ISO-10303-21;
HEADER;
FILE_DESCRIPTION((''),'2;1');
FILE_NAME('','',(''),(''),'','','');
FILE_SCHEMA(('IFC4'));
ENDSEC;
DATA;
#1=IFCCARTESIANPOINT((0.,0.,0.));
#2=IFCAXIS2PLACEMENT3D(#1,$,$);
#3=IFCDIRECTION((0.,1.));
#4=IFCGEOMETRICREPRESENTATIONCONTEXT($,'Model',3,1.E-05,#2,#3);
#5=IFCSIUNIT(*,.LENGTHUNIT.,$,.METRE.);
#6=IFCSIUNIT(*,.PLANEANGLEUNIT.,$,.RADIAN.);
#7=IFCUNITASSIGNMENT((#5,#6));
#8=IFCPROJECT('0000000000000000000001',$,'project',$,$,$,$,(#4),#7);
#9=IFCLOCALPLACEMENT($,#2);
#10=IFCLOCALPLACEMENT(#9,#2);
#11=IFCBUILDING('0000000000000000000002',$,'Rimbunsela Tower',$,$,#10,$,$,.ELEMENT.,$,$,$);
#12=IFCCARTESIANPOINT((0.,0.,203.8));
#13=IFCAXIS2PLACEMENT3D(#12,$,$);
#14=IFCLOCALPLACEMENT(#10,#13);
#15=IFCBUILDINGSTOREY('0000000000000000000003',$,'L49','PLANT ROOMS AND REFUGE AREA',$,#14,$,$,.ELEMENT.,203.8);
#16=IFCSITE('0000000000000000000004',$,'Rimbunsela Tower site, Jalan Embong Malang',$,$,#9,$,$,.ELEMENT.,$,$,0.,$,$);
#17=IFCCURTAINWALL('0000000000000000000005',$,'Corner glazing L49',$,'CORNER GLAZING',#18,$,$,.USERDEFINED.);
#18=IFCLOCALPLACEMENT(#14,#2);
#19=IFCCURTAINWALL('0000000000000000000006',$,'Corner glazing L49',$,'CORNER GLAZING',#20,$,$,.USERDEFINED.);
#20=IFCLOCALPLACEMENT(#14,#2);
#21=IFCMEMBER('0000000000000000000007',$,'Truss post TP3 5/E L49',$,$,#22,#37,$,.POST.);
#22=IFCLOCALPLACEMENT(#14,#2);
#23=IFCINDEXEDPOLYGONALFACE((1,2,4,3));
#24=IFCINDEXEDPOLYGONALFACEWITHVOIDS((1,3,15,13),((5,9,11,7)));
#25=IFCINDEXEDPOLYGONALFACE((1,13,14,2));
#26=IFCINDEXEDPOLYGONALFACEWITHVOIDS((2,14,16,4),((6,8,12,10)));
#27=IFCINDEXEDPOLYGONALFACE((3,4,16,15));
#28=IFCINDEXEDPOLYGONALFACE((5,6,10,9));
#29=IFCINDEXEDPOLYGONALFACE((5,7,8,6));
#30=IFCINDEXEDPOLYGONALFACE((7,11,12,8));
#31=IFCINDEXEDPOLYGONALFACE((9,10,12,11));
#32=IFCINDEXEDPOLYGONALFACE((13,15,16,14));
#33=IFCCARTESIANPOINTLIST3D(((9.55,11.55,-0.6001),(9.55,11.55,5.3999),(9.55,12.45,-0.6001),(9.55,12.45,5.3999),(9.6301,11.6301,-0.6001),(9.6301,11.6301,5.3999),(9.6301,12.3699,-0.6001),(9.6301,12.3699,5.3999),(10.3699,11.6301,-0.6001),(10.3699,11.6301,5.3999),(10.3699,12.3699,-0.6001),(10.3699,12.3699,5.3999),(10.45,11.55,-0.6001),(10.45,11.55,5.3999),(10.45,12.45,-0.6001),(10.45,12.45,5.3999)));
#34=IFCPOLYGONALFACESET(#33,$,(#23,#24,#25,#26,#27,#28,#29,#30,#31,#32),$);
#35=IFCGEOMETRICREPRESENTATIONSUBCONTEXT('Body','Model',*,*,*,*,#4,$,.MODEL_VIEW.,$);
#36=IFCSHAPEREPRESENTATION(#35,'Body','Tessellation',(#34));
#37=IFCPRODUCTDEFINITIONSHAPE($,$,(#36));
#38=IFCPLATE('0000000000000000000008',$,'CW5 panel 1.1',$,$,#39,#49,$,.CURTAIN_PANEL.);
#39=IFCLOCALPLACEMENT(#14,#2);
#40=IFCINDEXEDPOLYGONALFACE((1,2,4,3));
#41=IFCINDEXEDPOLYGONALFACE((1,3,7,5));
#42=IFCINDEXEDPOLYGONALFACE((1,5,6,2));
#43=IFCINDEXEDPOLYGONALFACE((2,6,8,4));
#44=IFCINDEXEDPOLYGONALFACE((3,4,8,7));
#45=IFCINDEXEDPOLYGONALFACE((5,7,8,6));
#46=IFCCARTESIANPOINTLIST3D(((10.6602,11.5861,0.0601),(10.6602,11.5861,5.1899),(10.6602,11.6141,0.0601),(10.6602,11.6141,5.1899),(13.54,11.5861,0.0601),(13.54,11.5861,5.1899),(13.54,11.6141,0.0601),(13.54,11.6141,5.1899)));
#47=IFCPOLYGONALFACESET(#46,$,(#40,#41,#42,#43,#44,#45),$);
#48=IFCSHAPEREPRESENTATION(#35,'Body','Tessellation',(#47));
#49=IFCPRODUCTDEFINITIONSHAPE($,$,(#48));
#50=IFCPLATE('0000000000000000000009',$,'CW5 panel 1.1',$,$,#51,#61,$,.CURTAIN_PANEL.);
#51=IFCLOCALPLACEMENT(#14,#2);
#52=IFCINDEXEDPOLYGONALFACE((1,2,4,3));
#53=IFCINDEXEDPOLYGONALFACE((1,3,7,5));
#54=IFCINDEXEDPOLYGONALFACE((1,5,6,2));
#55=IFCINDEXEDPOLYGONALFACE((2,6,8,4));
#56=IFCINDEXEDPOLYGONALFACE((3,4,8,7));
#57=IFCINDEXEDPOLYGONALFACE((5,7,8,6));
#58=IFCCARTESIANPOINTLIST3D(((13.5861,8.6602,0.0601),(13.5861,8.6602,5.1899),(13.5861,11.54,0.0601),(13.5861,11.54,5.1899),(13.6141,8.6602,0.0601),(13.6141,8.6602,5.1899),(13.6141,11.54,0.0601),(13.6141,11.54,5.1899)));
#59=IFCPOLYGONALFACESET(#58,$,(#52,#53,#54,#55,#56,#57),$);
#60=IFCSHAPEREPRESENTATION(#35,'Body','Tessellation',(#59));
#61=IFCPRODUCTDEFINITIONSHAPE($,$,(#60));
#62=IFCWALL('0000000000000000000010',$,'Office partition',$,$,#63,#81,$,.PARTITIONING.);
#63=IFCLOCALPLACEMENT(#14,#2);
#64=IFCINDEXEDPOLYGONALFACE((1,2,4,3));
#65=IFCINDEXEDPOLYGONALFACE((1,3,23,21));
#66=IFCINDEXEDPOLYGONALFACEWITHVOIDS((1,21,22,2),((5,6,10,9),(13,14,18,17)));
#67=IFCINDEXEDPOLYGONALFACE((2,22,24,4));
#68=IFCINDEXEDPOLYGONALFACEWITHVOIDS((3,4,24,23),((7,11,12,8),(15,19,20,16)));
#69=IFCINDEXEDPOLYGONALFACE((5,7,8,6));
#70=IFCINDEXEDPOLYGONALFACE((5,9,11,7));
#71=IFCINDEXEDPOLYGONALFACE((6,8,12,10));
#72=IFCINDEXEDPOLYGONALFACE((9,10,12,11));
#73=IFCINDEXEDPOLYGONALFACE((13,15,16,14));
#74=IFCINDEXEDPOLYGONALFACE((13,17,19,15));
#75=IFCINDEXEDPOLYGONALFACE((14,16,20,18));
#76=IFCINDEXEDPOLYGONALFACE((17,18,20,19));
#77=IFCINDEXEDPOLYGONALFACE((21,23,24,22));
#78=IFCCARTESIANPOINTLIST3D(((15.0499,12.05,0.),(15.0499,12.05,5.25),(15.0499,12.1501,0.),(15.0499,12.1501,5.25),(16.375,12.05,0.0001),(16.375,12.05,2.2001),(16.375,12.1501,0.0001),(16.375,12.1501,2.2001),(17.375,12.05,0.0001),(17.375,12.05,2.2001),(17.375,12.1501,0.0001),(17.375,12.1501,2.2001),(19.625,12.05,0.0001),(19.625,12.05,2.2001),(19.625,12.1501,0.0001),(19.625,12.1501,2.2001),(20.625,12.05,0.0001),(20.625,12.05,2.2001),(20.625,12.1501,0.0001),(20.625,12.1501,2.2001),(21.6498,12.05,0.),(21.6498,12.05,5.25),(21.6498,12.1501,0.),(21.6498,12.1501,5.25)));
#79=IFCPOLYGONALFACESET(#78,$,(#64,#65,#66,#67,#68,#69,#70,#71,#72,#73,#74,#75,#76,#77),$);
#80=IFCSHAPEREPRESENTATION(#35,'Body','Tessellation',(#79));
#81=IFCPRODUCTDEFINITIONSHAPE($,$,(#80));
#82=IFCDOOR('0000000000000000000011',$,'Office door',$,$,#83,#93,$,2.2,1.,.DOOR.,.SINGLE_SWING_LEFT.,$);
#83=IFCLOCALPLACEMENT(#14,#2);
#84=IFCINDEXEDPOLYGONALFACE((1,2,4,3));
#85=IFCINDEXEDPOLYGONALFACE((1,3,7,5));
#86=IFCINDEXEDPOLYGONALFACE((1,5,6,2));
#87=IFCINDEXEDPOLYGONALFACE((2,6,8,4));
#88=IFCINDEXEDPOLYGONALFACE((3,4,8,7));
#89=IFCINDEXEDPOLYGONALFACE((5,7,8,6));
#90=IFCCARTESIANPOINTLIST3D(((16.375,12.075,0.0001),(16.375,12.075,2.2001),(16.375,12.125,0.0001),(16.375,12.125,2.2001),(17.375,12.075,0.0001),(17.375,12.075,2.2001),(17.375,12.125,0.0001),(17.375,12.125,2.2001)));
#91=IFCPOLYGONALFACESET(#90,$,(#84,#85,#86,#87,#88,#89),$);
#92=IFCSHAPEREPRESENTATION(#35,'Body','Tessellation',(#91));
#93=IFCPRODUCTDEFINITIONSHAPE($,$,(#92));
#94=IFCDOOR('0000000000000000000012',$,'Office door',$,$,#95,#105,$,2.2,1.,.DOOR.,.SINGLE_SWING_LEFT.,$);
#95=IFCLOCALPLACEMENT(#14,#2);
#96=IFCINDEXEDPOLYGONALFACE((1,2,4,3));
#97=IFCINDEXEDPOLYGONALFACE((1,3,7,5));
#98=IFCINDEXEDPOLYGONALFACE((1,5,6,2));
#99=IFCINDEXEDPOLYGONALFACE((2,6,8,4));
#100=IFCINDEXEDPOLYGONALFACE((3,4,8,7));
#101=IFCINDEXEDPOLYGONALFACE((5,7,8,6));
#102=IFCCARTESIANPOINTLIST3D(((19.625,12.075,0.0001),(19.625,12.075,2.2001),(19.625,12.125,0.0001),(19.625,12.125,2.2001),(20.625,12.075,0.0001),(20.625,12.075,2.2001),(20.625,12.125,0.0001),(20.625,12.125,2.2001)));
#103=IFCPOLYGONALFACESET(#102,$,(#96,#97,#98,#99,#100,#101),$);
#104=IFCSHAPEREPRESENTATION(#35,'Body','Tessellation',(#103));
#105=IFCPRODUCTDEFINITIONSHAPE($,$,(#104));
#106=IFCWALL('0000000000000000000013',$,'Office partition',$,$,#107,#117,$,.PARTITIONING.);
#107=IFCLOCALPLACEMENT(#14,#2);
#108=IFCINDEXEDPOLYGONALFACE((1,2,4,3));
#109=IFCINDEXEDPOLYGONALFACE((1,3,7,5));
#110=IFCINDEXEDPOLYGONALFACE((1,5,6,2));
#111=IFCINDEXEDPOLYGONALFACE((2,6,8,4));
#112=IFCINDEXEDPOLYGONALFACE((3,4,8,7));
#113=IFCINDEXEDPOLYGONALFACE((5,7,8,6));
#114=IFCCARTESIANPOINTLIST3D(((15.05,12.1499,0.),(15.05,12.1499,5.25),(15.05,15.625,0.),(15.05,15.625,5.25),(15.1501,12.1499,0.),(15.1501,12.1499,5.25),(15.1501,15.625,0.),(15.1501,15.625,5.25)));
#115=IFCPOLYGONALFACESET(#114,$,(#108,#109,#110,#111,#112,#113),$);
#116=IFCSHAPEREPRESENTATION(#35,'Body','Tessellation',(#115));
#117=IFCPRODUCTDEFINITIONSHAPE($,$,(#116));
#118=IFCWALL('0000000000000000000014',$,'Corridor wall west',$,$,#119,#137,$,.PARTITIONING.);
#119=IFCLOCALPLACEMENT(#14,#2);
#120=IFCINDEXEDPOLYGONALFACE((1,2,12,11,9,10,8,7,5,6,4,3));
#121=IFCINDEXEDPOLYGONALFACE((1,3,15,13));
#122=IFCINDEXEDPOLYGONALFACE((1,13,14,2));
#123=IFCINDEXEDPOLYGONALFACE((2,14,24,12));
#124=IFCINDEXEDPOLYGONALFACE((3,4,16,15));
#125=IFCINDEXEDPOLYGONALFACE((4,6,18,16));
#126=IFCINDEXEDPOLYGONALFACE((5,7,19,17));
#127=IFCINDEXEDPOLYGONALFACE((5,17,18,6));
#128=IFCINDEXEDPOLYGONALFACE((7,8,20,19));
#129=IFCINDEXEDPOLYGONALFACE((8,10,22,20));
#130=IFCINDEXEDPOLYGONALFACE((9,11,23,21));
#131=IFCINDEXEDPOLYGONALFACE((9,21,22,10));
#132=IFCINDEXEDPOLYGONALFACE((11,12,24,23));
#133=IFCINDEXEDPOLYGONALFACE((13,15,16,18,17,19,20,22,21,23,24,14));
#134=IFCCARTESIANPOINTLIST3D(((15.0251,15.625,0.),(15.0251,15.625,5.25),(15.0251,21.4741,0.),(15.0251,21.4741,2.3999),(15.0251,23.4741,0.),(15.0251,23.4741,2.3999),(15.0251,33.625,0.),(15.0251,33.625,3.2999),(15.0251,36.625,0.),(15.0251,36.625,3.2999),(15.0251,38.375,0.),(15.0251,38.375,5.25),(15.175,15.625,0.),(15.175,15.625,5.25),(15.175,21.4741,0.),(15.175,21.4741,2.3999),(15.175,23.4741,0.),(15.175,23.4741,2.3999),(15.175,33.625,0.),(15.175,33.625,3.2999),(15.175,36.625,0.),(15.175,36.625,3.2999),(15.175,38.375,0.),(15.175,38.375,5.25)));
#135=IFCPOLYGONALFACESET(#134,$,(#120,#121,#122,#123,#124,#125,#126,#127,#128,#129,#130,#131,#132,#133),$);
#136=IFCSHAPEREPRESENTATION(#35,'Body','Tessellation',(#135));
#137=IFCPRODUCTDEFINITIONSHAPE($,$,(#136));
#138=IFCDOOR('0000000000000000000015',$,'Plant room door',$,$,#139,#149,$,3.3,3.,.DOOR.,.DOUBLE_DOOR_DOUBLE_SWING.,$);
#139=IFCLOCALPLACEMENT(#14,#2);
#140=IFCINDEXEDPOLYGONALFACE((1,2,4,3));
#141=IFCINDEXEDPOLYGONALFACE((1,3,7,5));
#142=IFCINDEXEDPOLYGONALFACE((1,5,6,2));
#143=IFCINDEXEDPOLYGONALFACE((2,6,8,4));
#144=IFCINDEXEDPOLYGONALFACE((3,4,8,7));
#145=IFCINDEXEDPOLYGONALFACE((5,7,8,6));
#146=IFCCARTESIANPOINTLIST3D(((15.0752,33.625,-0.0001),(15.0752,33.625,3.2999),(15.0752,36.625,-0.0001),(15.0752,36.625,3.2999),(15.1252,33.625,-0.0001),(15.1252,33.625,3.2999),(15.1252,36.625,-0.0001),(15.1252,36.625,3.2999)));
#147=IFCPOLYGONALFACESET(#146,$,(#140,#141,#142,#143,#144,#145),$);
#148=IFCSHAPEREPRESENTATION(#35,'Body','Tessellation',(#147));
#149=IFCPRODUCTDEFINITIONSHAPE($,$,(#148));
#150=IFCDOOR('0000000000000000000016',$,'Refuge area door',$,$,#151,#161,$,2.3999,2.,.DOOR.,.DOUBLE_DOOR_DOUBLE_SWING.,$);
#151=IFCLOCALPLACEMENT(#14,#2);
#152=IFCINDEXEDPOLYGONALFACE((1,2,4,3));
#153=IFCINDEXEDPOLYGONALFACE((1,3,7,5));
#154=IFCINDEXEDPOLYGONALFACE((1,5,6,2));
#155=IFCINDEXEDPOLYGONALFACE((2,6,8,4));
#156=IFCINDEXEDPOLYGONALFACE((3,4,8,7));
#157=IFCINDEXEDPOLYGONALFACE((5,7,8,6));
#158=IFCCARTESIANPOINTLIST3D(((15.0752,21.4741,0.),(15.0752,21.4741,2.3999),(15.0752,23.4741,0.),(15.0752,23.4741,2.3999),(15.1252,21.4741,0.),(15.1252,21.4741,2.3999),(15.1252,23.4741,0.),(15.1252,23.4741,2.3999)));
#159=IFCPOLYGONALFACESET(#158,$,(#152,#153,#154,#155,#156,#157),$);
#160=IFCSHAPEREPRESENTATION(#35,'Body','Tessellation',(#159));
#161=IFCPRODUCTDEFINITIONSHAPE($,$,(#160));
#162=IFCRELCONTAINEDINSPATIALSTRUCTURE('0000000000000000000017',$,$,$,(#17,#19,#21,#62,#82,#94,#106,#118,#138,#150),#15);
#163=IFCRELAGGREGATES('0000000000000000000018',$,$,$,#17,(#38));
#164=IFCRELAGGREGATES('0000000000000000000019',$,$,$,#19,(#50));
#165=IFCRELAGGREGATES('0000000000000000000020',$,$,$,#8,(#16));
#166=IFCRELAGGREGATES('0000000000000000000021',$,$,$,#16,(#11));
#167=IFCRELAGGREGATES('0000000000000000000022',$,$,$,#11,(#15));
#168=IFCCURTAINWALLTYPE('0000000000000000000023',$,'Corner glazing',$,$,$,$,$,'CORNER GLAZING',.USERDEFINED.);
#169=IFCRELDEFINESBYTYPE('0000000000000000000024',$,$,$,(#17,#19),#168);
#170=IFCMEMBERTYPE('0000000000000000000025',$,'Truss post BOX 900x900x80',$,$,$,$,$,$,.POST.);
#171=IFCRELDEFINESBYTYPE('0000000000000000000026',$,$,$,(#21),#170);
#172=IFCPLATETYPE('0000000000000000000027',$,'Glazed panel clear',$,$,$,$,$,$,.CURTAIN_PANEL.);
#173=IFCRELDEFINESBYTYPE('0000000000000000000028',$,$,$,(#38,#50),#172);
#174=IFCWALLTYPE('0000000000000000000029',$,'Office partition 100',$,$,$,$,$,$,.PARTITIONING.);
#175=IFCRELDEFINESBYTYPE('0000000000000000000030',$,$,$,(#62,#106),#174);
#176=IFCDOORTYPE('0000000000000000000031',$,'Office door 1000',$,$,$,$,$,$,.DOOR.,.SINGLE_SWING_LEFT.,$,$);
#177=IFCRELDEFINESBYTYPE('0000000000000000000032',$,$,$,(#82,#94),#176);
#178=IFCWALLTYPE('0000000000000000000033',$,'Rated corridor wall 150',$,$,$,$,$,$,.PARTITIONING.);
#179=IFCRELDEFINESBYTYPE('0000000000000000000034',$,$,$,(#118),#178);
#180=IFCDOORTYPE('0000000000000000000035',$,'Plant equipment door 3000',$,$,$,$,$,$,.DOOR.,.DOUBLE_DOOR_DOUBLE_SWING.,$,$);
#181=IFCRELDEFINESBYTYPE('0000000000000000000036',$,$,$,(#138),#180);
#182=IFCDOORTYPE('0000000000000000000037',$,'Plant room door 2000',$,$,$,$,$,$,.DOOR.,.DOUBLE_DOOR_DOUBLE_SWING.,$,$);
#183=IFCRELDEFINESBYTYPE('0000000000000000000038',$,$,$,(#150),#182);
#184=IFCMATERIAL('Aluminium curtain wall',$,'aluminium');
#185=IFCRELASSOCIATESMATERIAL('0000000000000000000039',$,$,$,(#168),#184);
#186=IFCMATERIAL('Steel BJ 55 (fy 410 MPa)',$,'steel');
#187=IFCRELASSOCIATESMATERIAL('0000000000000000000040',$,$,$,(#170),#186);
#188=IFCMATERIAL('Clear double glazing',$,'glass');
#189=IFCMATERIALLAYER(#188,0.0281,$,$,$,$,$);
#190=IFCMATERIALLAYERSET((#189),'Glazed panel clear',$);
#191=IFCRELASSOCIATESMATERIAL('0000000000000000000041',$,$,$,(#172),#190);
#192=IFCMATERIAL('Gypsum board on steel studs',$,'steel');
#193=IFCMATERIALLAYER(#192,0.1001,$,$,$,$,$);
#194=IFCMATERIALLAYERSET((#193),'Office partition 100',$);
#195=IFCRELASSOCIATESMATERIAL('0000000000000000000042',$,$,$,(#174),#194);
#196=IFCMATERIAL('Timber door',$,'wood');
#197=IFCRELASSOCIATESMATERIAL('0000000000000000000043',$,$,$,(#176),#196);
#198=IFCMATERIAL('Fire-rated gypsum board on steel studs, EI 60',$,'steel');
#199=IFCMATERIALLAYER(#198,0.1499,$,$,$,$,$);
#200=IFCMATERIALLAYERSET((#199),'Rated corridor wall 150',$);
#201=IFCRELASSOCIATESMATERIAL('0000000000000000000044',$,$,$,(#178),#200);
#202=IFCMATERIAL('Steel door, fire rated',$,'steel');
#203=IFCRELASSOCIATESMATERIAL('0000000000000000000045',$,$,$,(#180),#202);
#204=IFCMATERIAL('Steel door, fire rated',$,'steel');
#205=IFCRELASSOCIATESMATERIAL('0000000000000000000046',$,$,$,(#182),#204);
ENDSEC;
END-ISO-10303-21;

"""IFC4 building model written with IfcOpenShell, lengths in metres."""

from ifc_helpers import new_model, si_unit, direction, frame, frame_2d, origin, origin_2d, place, context, subcontext, project, spatial, rectangle, hollow_rectangle, extrude, material, layer, layer_set, material_profile, profile_set, type_object, element, fill, aggregate, save


model = new_model("IFC4")

# Units and contexts
model_context = context("Model", 3, precision=1e-05, world=origin(), true_north=direction((0.0, 1.0)))
body_context = subcontext(model_context, "Body", "Model", "MODEL_VIEW")
ifc_project = project(units=[si_unit("LENGTHUNIT", "METRE"), si_unit("PLANEANGLEUNIT", "RADIAN")], contexts=[model_context])

# Site, building, storey
site_placement = place(None, origin())
site = spatial("IfcSite", under=ifc_project, at=site_placement, Name="Rimbunsela Tower site, Jalan Embong Malang", CompositionType="ELEMENT", RefElevation=0.0)
building_placement = place(site_placement, origin())
building = spatial("IfcBuilding", under=site, at=building_placement, Name="Rimbunsela Tower", CompositionType="ELEMENT")
storey_placement = place(building_placement, frame((0.0, 0.0, 203.8)))
storey = spatial("IfcBuildingStorey", under=building, at=storey_placement, Name="L49", Description="PLANT ROOMS AND REFUGE AREA", CompositionType="ELEMENT", Elevation=203.8)

# Curtain walls
ifc_material_1 = material(Name="Aluminium curtain wall", Category="aluminium")
curtain_wall_type_1 = type_object("IfcCurtainWallType", Name="Corner glazing", ElementType="CORNER GLAZING", PredefinedType="USERDEFINED", material=ifc_material_1)
curtain_wall_1_placement = place(storey_placement, origin())
curtain_wall_1 = element("IfcCurtainWall", 1, at=curtain_wall_1_placement, inside=storey, type_object=curtain_wall_type_1, Name="Corner glazing L49", ObjectType="CORNER GLAZING", PredefinedType="USERDEFINED")
curtain_wall_2_placement = place(storey_placement, origin())
curtain_wall_2 = element("IfcCurtainWall", 2, at=curtain_wall_2_placement, inside=storey, type_object=curtain_wall_type_1, Name="Corner glazing L49", ObjectType="CORNER GLAZING", PredefinedType="USERDEFINED")

# Member
ifc_material_2 = material(Name="Steel BJ 55 (fy 410 MPa)", Category="steel")
ifc_material_profile_1 = material_profile(ifc_material_2, hollow_rectangle(XDim=0.8999, YDim=0.8999, WallThickness=0.0801, at=origin_2d()), Name="BOX 900x900x80")
ifc_profile_set_1 = profile_set([ifc_material_profile_1], Name="Steel BJ 55 (fy 410 MPa)")
member_type_1 = type_object("IfcMemberType", Name="Truss post BOX 900x900x80", PredefinedType="POST", material=ifc_profile_set_1)
member_1_placement = place(storey_placement, frame((10.0, 12.0, -0.6001), z_axis=(0.0, 0.0, 1.0), x_axis=(1.0, 0.0, 0.0)))
element("IfcMember", 3, at=member_1_placement, inside=storey, type_object=member_type_1, Name="Truss post TP3 5/E L49", PredefinedType="POST", context=body_context, shape_type="SweptSolid", body=[
    extrude(hollow_rectangle(XDim=0.8999, YDim=0.8999, WallThickness=0.0801, at=origin_2d()), origin(), (0.0, 0.0, 1.0), 6.0),
])

# Plates
ifc_material_3 = material(Name="Clear double glazing", Category="glass")
ifc_layer_1 = layer(ifc_material_3, 0.0281)
ifc_layer_set_1 = layer_set([ifc_layer_1], Name="Glazed panel clear")
plate_type = type_object("IfcPlateType", Name="Glazed panel clear", PredefinedType="CURTAIN_PANEL", material=ifc_layer_set_1)
plate_1_placement = place(storey_placement, frame((12.1001, 11.6001, 0.0601), z_axis=(0.0, 0.0, 1.0), x_axis=(1.0, 0.0, 0.0)))
plate_1 = element("IfcPlate", 4, at=plate_1_placement, type_object=plate_type, Name="CW5 panel 1.1", PredefinedType="CURTAIN_PANEL", context=body_context, shape_type="SweptSolid", body=[
    extrude(rectangle(XDim=2.8799, YDim=0.0281, at=origin_2d()), origin(), (0.0, 0.0, 1.0), 5.1299),
])
aggregate(curtain_wall_1, [plate_1])
plate_2_placement = place(storey_placement, frame((13.6001, 10.1001, 0.0601), z_axis=(0.0, 0.0, 1.0), x_axis=(0.0, -1.0, 0.0)))
plate_2 = element("IfcPlate", 5, at=plate_2_placement, type_object=plate_type, Name="CW5 panel 1.1", PredefinedType="CURTAIN_PANEL", context=body_context, shape_type="SweptSolid", body=[
    extrude(rectangle(XDim=2.8799, YDim=0.0281, at=origin_2d()), origin(), (0.0, 0.0, 1.0), 5.1299),
])
aggregate(curtain_wall_2, [plate_2])

# Wall, openings, doors
ifc_material_4 = material(Name="Gypsum board on steel studs", Category="steel")
ifc_layer_2 = layer(ifc_material_4, 0.1001)
ifc_layer_set_2 = layer_set([ifc_layer_2], Name="Office partition 100")
wall_type_1 = type_object("IfcWallType", Name="Office partition 100", PredefinedType="PARTITIONING", material=ifc_layer_set_2)
wall_1_placement = place(storey_placement, frame((15.05, 12.1001, 0.0), z_axis=(0.0, 0.0, 1.0), x_axis=(1.0, 0.0, 0.0)))
wall_1 = element("IfcWall", 6, at=wall_1_placement, inside=storey, type_object=wall_type_1, Name="Office partition", PredefinedType="PARTITIONING", context=body_context, shape_type="SweptSolid", body=[
    extrude(rectangle(XDim=6.5999, YDim=0.1001, at=frame_2d((3.2998, 0.0))), origin(), (0.0, 0.0, 1.0), 5.25),
])
opening_1_placement = place(wall_1_placement, frame((1.325, 0.0, 0.0)))
opening_1 = element("IfcOpeningElement", 7, at=opening_1_placement, cuts=wall_1, PredefinedType="OPENING", context=body_context, shape_type="SweptSolid", body=[
    extrude(rectangle(XDim=1.0, YDim=2.2, at=frame_2d((0.5, 1.1001))), frame((0.0, 0.0601, 0.0), z_axis=(0.0, -1.0, 0.0), x_axis=(1.0, 0.0, 0.0)), (0.0, 0.0, 1.0), 0.1201),
])
opening_2_placement = place(wall_1_placement, frame((4.575, 0.0, 0.0)))
opening_2 = element("IfcOpeningElement", 8, at=opening_2_placement, cuts=wall_1, PredefinedType="OPENING", context=body_context, shape_type="SweptSolid", body=[
    extrude(rectangle(XDim=1.0, YDim=2.2, at=frame_2d((0.5, 1.1001))), frame((0.0, 0.0601, 0.0), z_axis=(0.0, -1.0, 0.0), x_axis=(1.0, 0.0, 0.0)), (0.0, 0.0, 1.0), 0.1201),
])
ifc_material_5 = material(Name="Timber door", Category="wood")
door_type_1 = type_object("IfcDoorType", Name="Office door 1000", OperationType="SINGLE_SWING_LEFT", PredefinedType="DOOR", material=ifc_material_5)
door_1_placement = place(opening_1_placement, origin())
door_1 = element("IfcDoor", 9, at=door_1_placement, inside=storey, type_object=door_type_1, Name="Office door", OperationType="SINGLE_SWING_LEFT", OverallHeight=2.2, OverallWidth=1.0, PredefinedType="DOOR", context=body_context, shape_type="SweptSolid", body=[
    extrude(rectangle(XDim=1.0, YDim=2.2, at=frame_2d((0.5, 1.1001))), frame((0.0, 0.0249, 0.0), z_axis=(0.0, -1.0, 0.0), x_axis=(1.0, 0.0, 0.0)), (0.0, 0.0, 1.0), 0.05),
])
fill(opening_1, door_1)
door_2_placement = place(opening_2_placement, origin())
door_2 = element("IfcDoor", 10, at=door_2_placement, inside=storey, type_object=door_type_1, Name="Office door", OperationType="SINGLE_SWING_LEFT", OverallHeight=2.2, OverallWidth=1.0, PredefinedType="DOOR", context=body_context, shape_type="SweptSolid", body=[
    extrude(rectangle(XDim=1.0, YDim=2.2, at=frame_2d((0.5, 1.1001))), frame((0.0, 0.0249, 0.0), z_axis=(0.0, -1.0, 0.0), x_axis=(1.0, 0.0, 0.0)), (0.0, 0.0, 1.0), 0.05),
])
fill(opening_2, door_2)

# Wall
wall_2_placement = place(storey_placement, frame((15.1001, 12.1499, 0.0), z_axis=(0.0, 0.0, 1.0), x_axis=(0.0, 1.0, 0.0)))
element("IfcWall", 11, at=wall_2_placement, inside=storey, type_object=wall_type_1, Name="Office partition", PredefinedType="PARTITIONING", context=body_context, shape_type="SweptSolid", body=[
    extrude(rectangle(XDim=3.4751, YDim=0.1001, at=frame_2d((1.7375, 0.0))), origin(), (0.0, 0.0, 1.0), 5.25),
])

# Wall, openings, doors
ifc_material_6 = material(Name="Fire-rated gypsum board on steel studs, EI 60", Category="steel")
ifc_layer_3 = layer(ifc_material_6, 0.1499)
ifc_layer_set_3 = layer_set([ifc_layer_3], Name="Rated corridor wall 150")
wall_type_2 = type_object("IfcWallType", Name="Rated corridor wall 150", PredefinedType="PARTITIONING", material=ifc_layer_set_3)
wall_3_placement = place(storey_placement, frame((15.1001, 15.625, 0.0), z_axis=(0.0, 0.0, 1.0), x_axis=(0.0, 1.0, 0.0)))
wall_3 = element("IfcWall", 12, at=wall_3_placement, inside=storey, type_object=wall_type_2, Name="Corridor wall west", PredefinedType="PARTITIONING", context=body_context, shape_type="SweptSolid", body=[
    extrude(rectangle(XDim=22.75, YDim=0.1499, at=frame_2d((11.375, 0.0))), origin(), (0.0, 0.0, 1.0), 5.25),
])
opening_3_placement = place(wall_3_placement, frame((5.8491, 0.0, 0.0)))
opening_3 = element("IfcOpeningElement", 13, at=opening_3_placement, cuts=wall_3, PredefinedType="OPENING", context=body_context, shape_type="SweptSolid", body=[
    extrude(rectangle(XDim=2.0, YDim=2.3999, at=frame_2d((1.0, 1.2))), frame((0.0, 0.085, 0.0), z_axis=(0.0, -1.0, 0.0), x_axis=(1.0, 0.0, 0.0)), (0.0, 0.0, 1.0), 0.1699),
])
opening_4_placement = place(wall_3_placement, frame((18.0, 0.0, 0.0)))
opening_4 = element("IfcOpeningElement", 14, at=opening_4_placement, cuts=wall_3, PredefinedType="OPENING", context=body_context, shape_type="SweptSolid", body=[
    extrude(rectangle(XDim=3.0, YDim=3.3, at=frame_2d((1.5, 1.6499))), frame((0.0, 0.085, 0.0), z_axis=(0.0, -1.0, 0.0), x_axis=(1.0, 0.0, 0.0)), (0.0, 0.0, 1.0), 0.1699),
])
ifc_material_7 = material(Name="Steel door, fire rated", Category="steel")
door_type_2 = type_object("IfcDoorType", Name="Plant equipment door 3000", OperationType="DOUBLE_DOOR_DOUBLE_SWING", PredefinedType="DOOR", material=ifc_material_7)
door_3_placement = place(opening_4_placement, origin())
door_3 = element("IfcDoor", 15, at=door_3_placement, inside=storey, type_object=door_type_2, Name="Plant room door", OperationType="DOUBLE_DOOR_DOUBLE_SWING", OverallHeight=3.3, OverallWidth=3.0, PredefinedType="DOOR", context=body_context, shape_type="SweptSolid", body=[
    extrude(rectangle(XDim=3.0, YDim=3.3, at=frame_2d((1.5, 1.6499))), frame((0.0, 0.0249, 0.0), z_axis=(0.0, -1.0, 0.0), x_axis=(1.0, 0.0, 0.0)), (0.0, 0.0, 1.0), 0.05),
])
fill(opening_4, door_3)
ifc_material_8 = material(Name="Steel door, fire rated", Category="steel")
door_type_3 = type_object("IfcDoorType", Name="Plant room door 2000", OperationType="DOUBLE_DOOR_DOUBLE_SWING", PredefinedType="DOOR", material=ifc_material_8)
door_4_placement = place(opening_3_placement, origin())
door_4 = element("IfcDoor", 16, at=door_4_placement, inside=storey, type_object=door_type_3, Name="Refuge area door", OperationType="DOUBLE_DOOR_DOUBLE_SWING", OverallHeight=2.3999, OverallWidth=2.0, PredefinedType="DOOR", context=body_context, shape_type="SweptSolid", body=[
    extrude(rectangle(XDim=2.0, YDim=2.3999, at=frame_2d((1.0, 1.2))), frame((0.0, 0.0249, 0.0), z_axis=(0.0, -1.0, 0.0), x_axis=(1.0, 0.0, 0.0)), (0.0, 0.0, 1.0), 0.05),
])
fill(opening_3, door_4)

save(model, "model.ifc")
